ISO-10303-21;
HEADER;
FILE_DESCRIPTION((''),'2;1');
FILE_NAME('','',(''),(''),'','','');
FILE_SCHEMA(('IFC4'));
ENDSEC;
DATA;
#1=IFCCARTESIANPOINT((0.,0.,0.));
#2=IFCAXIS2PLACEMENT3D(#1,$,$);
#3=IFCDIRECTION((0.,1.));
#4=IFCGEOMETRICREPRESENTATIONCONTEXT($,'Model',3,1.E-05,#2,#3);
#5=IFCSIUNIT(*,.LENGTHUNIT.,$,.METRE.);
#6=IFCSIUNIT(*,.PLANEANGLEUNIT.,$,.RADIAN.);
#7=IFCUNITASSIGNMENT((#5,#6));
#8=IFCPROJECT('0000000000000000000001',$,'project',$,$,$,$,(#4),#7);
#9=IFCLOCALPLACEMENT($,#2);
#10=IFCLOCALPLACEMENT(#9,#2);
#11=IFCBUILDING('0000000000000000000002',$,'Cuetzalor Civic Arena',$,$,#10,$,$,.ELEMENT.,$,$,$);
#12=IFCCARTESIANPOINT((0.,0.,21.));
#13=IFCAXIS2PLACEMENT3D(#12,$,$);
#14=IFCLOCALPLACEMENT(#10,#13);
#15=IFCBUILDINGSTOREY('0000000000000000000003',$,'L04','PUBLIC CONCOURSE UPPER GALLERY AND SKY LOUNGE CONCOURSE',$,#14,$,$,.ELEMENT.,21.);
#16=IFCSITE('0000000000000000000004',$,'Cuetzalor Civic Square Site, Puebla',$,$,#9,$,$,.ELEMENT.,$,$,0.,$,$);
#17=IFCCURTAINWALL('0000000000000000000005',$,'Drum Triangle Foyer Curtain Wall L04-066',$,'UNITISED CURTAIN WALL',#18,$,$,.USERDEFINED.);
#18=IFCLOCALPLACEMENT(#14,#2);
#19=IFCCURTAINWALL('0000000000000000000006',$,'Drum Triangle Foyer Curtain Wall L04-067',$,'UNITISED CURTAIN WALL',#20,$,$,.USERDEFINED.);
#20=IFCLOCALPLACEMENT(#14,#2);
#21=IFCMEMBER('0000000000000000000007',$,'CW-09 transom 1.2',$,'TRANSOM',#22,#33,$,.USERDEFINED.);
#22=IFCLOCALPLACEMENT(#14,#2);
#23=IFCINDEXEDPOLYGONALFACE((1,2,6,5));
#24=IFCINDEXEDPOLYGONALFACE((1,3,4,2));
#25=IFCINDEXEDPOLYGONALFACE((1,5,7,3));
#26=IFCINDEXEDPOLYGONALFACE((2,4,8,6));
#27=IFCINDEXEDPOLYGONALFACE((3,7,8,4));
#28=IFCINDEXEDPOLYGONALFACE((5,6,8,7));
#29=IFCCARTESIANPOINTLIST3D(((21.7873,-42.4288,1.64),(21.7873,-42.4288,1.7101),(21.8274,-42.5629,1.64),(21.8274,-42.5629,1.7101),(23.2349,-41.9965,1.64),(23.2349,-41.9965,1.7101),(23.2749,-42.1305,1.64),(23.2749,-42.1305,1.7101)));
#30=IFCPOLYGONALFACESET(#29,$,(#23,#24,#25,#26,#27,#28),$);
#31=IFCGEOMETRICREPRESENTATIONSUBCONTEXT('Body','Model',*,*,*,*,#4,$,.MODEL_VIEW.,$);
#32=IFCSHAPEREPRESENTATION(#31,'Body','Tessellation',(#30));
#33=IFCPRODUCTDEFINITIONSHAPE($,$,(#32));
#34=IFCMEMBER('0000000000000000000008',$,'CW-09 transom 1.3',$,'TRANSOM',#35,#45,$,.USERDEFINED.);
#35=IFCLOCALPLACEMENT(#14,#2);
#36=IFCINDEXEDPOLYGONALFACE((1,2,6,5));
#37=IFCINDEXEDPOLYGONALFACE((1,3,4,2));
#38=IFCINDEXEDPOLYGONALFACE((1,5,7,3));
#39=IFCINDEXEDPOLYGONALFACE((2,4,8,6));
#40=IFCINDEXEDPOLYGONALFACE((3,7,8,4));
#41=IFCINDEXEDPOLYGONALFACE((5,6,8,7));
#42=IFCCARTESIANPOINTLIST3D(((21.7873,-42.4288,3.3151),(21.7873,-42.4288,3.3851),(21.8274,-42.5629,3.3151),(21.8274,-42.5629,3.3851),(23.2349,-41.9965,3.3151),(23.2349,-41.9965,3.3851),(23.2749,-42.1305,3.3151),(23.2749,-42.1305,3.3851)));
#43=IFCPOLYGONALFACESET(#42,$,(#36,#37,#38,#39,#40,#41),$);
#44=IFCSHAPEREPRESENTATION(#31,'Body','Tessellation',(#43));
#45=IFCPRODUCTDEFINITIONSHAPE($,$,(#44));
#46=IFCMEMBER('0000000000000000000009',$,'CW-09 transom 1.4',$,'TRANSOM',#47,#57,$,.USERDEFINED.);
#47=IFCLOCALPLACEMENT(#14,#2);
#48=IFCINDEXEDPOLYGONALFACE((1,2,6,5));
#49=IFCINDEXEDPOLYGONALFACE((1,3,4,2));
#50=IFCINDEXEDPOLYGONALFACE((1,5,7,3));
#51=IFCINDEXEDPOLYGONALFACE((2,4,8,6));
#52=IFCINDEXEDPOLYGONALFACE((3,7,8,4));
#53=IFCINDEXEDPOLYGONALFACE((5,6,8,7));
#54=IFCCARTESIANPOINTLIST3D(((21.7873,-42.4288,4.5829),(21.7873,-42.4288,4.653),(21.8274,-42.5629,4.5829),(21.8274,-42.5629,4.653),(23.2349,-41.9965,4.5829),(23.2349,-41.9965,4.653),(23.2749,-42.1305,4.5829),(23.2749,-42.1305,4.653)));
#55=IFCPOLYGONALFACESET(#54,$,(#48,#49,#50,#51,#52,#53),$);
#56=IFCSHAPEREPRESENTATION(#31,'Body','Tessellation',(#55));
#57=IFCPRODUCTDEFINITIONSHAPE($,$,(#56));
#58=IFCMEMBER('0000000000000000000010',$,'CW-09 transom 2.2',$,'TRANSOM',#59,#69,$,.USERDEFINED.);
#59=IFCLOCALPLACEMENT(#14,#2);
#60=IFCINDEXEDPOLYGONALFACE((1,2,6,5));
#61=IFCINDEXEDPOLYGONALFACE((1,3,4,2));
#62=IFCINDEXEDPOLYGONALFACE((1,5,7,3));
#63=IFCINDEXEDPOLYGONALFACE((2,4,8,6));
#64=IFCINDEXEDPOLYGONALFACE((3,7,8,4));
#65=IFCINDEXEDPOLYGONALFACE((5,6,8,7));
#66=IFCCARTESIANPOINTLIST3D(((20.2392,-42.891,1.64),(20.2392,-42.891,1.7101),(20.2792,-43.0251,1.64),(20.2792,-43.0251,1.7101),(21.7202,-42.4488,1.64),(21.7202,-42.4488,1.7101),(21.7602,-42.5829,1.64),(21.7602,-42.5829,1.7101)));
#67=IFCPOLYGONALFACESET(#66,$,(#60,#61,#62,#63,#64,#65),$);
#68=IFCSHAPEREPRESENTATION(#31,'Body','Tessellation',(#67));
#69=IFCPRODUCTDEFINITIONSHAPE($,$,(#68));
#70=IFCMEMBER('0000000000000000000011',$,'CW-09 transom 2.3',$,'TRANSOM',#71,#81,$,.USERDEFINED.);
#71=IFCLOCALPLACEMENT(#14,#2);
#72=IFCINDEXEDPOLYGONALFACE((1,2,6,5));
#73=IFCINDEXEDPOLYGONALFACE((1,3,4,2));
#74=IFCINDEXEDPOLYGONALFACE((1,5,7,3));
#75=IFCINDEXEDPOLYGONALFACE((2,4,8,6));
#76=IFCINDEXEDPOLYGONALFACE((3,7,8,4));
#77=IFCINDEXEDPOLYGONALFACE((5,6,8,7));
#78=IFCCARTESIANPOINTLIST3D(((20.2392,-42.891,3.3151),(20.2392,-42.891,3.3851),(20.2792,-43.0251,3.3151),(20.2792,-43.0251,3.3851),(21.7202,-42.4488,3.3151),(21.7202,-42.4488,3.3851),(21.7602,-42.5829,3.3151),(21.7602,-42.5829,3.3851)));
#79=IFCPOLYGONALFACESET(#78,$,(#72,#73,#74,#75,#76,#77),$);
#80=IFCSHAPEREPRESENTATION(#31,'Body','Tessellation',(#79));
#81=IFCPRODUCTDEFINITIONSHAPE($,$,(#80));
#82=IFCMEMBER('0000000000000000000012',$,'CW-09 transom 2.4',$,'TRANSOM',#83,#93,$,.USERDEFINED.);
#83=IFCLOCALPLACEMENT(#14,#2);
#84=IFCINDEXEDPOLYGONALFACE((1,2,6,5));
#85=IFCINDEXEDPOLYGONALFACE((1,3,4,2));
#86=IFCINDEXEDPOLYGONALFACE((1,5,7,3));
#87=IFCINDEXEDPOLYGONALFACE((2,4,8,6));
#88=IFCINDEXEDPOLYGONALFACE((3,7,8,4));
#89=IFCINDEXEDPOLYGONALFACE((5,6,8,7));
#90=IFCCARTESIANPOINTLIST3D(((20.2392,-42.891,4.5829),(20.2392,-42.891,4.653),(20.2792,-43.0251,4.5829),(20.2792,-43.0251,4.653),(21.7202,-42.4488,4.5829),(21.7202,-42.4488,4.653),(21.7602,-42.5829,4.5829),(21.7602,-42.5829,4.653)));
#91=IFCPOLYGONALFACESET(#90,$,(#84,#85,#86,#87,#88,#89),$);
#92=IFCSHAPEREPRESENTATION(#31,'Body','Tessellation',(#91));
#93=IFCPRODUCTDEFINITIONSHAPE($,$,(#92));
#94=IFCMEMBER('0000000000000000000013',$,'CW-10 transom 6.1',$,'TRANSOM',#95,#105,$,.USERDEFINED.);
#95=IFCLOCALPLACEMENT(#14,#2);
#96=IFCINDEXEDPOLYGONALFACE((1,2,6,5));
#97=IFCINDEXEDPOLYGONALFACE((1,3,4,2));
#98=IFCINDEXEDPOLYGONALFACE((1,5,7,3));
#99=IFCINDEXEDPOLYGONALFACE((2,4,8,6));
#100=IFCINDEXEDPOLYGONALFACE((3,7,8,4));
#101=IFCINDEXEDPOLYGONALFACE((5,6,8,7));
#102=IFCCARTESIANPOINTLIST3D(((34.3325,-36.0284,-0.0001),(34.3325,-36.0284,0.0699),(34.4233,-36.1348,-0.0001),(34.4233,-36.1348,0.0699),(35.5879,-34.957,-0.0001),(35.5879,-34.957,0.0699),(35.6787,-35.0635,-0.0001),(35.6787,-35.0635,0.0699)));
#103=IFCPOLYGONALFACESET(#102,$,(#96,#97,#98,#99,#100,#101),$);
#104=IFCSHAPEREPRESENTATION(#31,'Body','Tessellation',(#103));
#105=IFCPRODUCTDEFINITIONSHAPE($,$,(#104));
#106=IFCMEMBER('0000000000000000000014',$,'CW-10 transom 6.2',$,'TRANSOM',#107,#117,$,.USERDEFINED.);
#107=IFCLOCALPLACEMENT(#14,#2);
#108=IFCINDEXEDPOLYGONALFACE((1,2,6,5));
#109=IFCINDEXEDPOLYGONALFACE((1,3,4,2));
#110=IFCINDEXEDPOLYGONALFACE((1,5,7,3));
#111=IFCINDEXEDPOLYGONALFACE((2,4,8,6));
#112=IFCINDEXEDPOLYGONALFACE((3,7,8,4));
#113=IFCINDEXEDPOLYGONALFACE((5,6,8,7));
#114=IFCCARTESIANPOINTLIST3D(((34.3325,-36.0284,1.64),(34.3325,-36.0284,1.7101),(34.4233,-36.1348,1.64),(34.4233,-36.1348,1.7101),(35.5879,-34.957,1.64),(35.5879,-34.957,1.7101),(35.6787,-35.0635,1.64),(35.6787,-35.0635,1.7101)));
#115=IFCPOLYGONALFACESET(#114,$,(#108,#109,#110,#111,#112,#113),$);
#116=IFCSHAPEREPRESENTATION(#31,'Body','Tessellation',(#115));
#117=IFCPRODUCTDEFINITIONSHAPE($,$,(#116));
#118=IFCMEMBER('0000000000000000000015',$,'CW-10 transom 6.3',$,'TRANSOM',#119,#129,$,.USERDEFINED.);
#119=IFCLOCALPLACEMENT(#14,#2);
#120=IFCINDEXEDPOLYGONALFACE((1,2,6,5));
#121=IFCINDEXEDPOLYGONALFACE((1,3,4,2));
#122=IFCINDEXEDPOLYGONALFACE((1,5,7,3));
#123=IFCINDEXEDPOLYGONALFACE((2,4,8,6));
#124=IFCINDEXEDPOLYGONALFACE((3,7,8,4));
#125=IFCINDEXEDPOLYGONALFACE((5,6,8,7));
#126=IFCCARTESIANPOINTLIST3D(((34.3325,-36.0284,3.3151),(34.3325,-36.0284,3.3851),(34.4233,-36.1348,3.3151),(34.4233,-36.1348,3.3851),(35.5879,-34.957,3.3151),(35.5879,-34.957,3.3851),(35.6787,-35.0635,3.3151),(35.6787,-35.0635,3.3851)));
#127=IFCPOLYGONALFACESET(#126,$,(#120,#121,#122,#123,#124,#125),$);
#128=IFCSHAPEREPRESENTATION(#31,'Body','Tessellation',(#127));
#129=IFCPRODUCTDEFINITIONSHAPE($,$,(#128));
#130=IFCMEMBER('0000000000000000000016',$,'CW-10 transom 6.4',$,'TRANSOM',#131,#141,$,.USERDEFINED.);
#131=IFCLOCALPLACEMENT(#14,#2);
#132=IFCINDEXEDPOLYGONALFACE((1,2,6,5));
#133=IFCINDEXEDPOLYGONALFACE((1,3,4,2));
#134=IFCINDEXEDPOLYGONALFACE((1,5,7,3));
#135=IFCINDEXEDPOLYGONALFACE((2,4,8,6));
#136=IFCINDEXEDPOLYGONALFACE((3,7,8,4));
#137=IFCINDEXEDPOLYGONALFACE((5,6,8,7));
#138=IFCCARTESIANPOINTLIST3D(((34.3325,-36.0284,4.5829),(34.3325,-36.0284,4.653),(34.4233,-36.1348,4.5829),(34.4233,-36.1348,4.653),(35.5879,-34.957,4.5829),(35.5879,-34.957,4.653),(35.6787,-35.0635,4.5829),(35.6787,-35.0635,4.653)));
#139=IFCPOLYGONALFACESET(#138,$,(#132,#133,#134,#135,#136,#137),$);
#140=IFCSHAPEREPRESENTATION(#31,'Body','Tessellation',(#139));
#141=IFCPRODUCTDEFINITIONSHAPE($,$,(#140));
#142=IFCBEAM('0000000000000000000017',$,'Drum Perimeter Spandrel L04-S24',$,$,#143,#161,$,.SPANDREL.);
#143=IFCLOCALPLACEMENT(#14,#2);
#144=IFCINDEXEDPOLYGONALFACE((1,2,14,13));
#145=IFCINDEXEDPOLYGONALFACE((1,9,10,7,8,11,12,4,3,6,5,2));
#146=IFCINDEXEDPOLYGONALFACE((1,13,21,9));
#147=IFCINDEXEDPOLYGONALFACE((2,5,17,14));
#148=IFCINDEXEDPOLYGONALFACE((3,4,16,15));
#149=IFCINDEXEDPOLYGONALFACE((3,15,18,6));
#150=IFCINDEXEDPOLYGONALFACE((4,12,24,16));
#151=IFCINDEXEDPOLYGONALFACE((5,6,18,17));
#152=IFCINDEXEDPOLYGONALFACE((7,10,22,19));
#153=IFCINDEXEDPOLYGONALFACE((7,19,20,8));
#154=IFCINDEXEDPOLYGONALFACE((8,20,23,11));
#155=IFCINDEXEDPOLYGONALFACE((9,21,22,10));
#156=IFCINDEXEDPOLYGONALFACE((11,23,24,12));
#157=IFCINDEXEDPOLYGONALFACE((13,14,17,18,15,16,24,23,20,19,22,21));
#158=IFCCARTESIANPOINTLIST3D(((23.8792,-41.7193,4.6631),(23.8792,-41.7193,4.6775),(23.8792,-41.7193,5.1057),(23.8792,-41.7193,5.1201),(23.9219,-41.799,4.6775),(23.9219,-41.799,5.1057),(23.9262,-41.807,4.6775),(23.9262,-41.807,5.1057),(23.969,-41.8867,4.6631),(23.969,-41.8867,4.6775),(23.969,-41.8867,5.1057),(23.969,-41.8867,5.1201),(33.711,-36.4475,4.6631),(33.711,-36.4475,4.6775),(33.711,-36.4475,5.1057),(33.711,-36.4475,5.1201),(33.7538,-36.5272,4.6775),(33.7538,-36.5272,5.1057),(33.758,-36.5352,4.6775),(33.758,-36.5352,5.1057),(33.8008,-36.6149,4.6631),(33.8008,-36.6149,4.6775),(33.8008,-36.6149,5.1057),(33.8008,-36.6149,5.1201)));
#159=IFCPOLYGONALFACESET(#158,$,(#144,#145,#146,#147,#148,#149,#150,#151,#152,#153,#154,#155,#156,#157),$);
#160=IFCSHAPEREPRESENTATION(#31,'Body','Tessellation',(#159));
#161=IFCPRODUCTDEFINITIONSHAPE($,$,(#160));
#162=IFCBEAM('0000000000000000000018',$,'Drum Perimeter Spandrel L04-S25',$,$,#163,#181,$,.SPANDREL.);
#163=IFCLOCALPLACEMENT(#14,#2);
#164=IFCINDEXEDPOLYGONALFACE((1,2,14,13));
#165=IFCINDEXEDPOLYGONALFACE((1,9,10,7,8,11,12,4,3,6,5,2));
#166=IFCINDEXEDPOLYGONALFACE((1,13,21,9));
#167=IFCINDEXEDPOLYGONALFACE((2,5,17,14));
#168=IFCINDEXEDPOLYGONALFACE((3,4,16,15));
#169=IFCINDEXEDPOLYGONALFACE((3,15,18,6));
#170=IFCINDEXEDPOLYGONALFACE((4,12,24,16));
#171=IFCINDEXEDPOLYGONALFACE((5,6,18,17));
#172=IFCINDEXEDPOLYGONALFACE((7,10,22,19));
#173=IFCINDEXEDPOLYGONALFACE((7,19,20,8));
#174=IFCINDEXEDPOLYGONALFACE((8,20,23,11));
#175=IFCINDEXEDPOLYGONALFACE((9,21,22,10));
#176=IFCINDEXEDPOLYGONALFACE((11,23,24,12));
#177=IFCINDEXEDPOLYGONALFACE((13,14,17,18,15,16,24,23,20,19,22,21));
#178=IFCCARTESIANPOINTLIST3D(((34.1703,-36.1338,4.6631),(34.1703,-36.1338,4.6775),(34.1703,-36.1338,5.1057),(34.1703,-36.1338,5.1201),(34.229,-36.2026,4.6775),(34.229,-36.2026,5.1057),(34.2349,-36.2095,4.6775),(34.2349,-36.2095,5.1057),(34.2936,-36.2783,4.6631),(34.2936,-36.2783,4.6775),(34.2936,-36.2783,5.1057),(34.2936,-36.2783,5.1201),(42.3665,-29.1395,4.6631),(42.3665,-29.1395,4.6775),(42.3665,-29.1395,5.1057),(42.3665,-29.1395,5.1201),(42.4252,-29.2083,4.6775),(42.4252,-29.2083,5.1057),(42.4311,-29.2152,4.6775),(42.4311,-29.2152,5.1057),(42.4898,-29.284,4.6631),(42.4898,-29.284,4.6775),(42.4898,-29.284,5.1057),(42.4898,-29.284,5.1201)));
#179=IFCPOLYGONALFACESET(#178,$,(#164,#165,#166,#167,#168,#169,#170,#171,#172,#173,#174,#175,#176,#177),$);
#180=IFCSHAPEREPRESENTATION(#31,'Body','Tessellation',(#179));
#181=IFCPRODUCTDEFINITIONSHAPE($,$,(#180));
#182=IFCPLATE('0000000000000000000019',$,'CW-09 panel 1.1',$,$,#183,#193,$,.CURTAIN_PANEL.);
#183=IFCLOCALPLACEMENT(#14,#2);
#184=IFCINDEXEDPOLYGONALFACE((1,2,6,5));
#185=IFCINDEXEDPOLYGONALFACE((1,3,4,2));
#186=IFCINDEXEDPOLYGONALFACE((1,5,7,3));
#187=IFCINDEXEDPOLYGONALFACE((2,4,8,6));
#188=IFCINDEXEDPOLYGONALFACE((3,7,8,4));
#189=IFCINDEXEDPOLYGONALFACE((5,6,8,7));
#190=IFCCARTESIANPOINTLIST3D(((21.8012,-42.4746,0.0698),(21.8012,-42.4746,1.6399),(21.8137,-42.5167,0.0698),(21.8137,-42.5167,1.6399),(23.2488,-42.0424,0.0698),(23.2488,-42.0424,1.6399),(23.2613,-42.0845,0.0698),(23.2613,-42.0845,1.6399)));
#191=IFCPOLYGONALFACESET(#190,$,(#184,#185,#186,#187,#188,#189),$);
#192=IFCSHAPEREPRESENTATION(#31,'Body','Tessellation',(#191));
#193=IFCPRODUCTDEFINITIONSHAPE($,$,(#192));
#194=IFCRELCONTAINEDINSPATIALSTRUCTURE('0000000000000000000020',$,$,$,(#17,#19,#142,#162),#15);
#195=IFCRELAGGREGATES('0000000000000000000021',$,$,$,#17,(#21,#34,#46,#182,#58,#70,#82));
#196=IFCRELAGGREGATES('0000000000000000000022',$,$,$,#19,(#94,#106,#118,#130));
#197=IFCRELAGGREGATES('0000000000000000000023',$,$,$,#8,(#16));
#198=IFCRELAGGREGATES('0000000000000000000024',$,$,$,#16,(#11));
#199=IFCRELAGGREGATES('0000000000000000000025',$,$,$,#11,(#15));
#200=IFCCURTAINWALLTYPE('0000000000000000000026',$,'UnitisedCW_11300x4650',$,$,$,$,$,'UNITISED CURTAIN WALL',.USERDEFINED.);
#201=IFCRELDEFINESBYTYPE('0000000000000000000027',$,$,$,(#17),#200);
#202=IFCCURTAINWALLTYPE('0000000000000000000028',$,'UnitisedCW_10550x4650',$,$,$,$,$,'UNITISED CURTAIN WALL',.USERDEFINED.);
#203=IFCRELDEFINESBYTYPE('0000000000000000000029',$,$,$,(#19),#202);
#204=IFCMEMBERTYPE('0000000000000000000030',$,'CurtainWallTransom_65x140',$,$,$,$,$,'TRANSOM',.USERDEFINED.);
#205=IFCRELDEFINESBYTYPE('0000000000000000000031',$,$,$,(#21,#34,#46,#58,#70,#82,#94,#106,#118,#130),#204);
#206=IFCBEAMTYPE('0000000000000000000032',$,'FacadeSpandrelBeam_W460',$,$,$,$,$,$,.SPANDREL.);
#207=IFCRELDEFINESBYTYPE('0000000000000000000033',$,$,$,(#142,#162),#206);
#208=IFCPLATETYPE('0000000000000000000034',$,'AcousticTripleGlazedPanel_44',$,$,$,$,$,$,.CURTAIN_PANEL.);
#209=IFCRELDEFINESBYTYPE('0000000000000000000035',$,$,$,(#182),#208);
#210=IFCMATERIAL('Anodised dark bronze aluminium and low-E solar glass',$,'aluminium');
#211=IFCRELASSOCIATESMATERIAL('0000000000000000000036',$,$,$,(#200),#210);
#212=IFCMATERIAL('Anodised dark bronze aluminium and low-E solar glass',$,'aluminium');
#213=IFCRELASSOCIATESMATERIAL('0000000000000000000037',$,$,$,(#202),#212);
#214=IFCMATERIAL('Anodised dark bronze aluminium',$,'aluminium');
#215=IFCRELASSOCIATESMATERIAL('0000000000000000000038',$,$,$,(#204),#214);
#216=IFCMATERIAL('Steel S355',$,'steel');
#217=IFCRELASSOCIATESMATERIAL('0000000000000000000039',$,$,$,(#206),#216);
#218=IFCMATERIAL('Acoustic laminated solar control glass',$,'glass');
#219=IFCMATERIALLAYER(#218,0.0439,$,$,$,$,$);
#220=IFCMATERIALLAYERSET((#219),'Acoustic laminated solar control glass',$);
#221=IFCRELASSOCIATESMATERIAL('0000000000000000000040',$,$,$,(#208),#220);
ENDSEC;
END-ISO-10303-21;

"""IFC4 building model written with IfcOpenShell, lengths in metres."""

from ifc_helpers import new_model, si_unit, direction, frame, origin, origin_2d, place, context, subcontext, project, spatial, rectangle, i_section, extrude, material, layer, layer_set, material_profile, profile_set, type_object, element, aggregate, save


model = new_model("IFC4")

# Units and contexts
model_context = context("Model", 3, precision=1e-05, world=origin(), true_north=direction((0.0, 1.0)))
body_context = subcontext(model_context, "Body", "Model", "MODEL_VIEW")
ifc_project = project(units=[si_unit("LENGTHUNIT", "METRE"), si_unit("PLANEANGLEUNIT", "RADIAN")], contexts=[model_context])

# Site, building, storey
site_placement = place(None, origin())
site = spatial("IfcSite", under=ifc_project, at=site_placement, Name="Cuetzalor Civic Square Site, Puebla", CompositionType="ELEMENT", RefElevation=0.0)
building_placement = place(site_placement, origin())
building = spatial("IfcBuilding", under=site, at=building_placement, Name="Cuetzalor Civic Arena", CompositionType="ELEMENT")
storey_placement = place(building_placement, frame((0.0, 0.0, 21.0)))
storey = spatial("IfcBuildingStorey", under=building, at=storey_placement, Name="L04", Description="PUBLIC CONCOURSE UPPER GALLERY AND SKY LOUNGE CONCOURSE", CompositionType="ELEMENT", Elevation=21.0)

# Curtain wall
ifc_material_1 = material(Name="Anodised dark bronze aluminium and low-E solar glass", Category="aluminium")
curtain_wall_type_1 = type_object("IfcCurtainWallType", Name="UnitisedCW_11300x4650", ElementType="UNITISED CURTAIN WALL", PredefinedType="USERDEFINED", material=ifc_material_1)
curtain_wall_1_placement = place(storey_placement, origin())
curtain_wall_1 = element("IfcCurtainWall", 1, at=curtain_wall_1_placement, inside=storey, type_object=curtain_wall_type_1, Name="Drum Triangle Foyer Curtain Wall L04-066", ObjectType="UNITISED CURTAIN WALL", PredefinedType="USERDEFINED")

# Curtain wall
ifc_material_2 = material(Name="Anodised dark bronze aluminium and low-E solar glass", Category="aluminium")
curtain_wall_type_2 = type_object("IfcCurtainWallType", Name="UnitisedCW_10550x4650", ElementType="UNITISED CURTAIN WALL", PredefinedType="USERDEFINED", material=ifc_material_2)
curtain_wall_2_placement = place(storey_placement, origin())
curtain_wall_2 = element("IfcCurtainWall", 2, at=curtain_wall_2_placement, inside=storey, type_object=curtain_wall_type_2, Name="Drum Triangle Foyer Curtain Wall L04-067", ObjectType="UNITISED CURTAIN WALL", PredefinedType="USERDEFINED")

# Members
ifc_material_3 = material(Name="Anodised dark bronze aluminium", Category="aluminium")
ifc_material_profile_1 = material_profile(ifc_material_3, rectangle(XDim=0.1399, YDim=0.0701, at=origin_2d()), Name="ALU TRANSOM 70x140")
ifc_profile_set_1 = profile_set([ifc_material_profile_1], Name="Anodised dark bronze aluminium")
member_type_1 = type_object("IfcMemberType", Name="CurtainWallTransom_65x140", ElementType="TRANSOM", PredefinedType="USERDEFINED", material=ifc_profile_set_1)
member_1_placement = place(storey_placement, frame((23.2549, -42.0635, 1.675), z_axis=(-0.958168, -0.286206, 0.0), x_axis=(0.286206, -0.958168, 0.0)))
member_1 = element("IfcMember", 3, at=member_1_placement, type_object=member_type_1, Name="CW-09 transom 1.2", ObjectType="TRANSOM", PredefinedType="USERDEFINED", context=body_context, shape_type="SweptSolid", body=[
    extrude(rectangle(XDim=0.1399, YDim=0.0701, at=origin_2d()), origin(), (0.0, 0.0, 1.0), 1.5107),
])
member_2_placement = place(storey_placement, frame((23.2549, -42.0635, 3.3501), z_axis=(-0.958168, -0.286206, 0.0), x_axis=(0.286206, -0.958168, 0.0)))
member_2 = element("IfcMember", 4, at=member_2_placement, type_object=member_type_1, Name="CW-09 transom 1.3", ObjectType="TRANSOM", PredefinedType="USERDEFINED", context=body_context, shape_type="SweptSolid", body=[
    extrude(rectangle(XDim=0.1399, YDim=0.0701, at=origin_2d()), origin(), (0.0, 0.0, 1.0), 1.5107),
])
member_3_placement = place(storey_placement, frame((23.2549, -42.0635, 4.6179), z_axis=(-0.958168, -0.286206, 0.0), x_axis=(0.286206, -0.958168, 0.0)))
member_3 = element("IfcMember", 5, at=member_3_placement, type_object=member_type_1, Name="CW-09 transom 1.4", ObjectType="TRANSOM", PredefinedType="USERDEFINED", context=body_context, shape_type="SweptSolid", body=[
    extrude(rectangle(XDim=0.1399, YDim=0.0701, at=origin_2d()), origin(), (0.0, 0.0, 1.0), 1.5107),
])
member_4_placement = place(storey_placement, frame((21.7402, -42.5159, 1.675), z_axis=(-0.958208, -0.286072, 0.0), x_axis=(0.286072, -0.958208, 0.0)))
member_4 = element("IfcMember", 6, at=member_4_placement, type_object=member_type_1, Name="CW-09 transom 2.2", ObjectType="TRANSOM", PredefinedType="USERDEFINED", context=body_context, shape_type="SweptSolid", body=[
    extrude(rectangle(XDim=0.1399, YDim=0.0701, at=origin_2d()), origin(), (0.0, 0.0, 1.0), 1.5457),
])
member_5_placement = place(storey_placement, frame((21.7402, -42.5159, 3.3501), z_axis=(-0.958208, -0.286072, 0.0), x_axis=(0.286072, -0.958208, 0.0)))
member_5 = element("IfcMember", 7, at=member_5_placement, type_object=member_type_1, Name="CW-09 transom 2.3", ObjectType="TRANSOM", PredefinedType="USERDEFINED", context=body_context, shape_type="SweptSolid", body=[
    extrude(rectangle(XDim=0.1399, YDim=0.0701, at=origin_2d()), origin(), (0.0, 0.0, 1.0), 1.5457),
])
member_6_placement = place(storey_placement, frame((21.7402, -42.5159, 4.6179), z_axis=(-0.958208, -0.286072, 0.0), x_axis=(0.286072, -0.958208, 0.0)))
member_6 = element("IfcMember", 8, at=member_6_placement, type_object=member_type_1, Name="CW-09 transom 2.4", ObjectType="TRANSOM", PredefinedType="USERDEFINED", context=body_context, shape_type="SweptSolid", body=[
    extrude(rectangle(XDim=0.1399, YDim=0.0701, at=origin_2d()), origin(), (0.0, 0.0, 1.0), 1.5457),
])
member_7_placement = place(storey_placement, frame((35.6333, -35.0103, 0.0349), z_axis=(-0.760675, -0.649133, 0.0), x_axis=(0.649133, -0.760675, 0.0)))
member_7 = element("IfcMember", 9, at=member_7_placement, type_object=member_type_1, Name="CW-10 transom 6.1", ObjectType="TRANSOM", PredefinedType="USERDEFINED", context=body_context, shape_type="SweptSolid", body=[
    extrude(rectangle(XDim=0.1399, YDim=0.0701, at=origin_2d()), origin(), (0.0, 0.0, 1.0), 1.6504),
])
member_8_placement = place(storey_placement, frame((35.6333, -35.0103, 1.675), z_axis=(-0.760675, -0.649133, 0.0), x_axis=(0.649133, -0.760675, 0.0)))
member_8 = element("IfcMember", 10, at=member_8_placement, type_object=member_type_1, Name="CW-10 transom 6.2", ObjectType="TRANSOM", PredefinedType="USERDEFINED", context=body_context, shape_type="SweptSolid", body=[
    extrude(rectangle(XDim=0.1399, YDim=0.0701, at=origin_2d()), origin(), (0.0, 0.0, 1.0), 1.6504),
])
member_9_placement = place(storey_placement, frame((35.6333, -35.0103, 3.3501), z_axis=(-0.760675, -0.649133, 0.0), x_axis=(0.649133, -0.760675, 0.0)))
member_9 = element("IfcMember", 11, at=member_9_placement, type_object=member_type_1, Name="CW-10 transom 6.3", ObjectType="TRANSOM", PredefinedType="USERDEFINED", context=body_context, shape_type="SweptSolid", body=[
    extrude(rectangle(XDim=0.1399, YDim=0.0701, at=origin_2d()), origin(), (0.0, 0.0, 1.0), 1.6504),
])
member_10_placement = place(storey_placement, frame((35.6333, -35.0103, 4.6179), z_axis=(-0.760675, -0.649133, 0.0), x_axis=(0.649133, -0.760675, 0.0)))
member_10 = element("IfcMember", 12, at=member_10_placement, type_object=member_type_1, Name="CW-10 transom 6.4", ObjectType="TRANSOM", PredefinedType="USERDEFINED", context=body_context, shape_type="SweptSolid", body=[
    extrude(rectangle(XDim=0.1399, YDim=0.0701, at=origin_2d()), origin(), (0.0, 0.0, 1.0), 1.6504),
])

# Beams
ifc_material_4 = material(Name="Steel S355", Category="steel")
ifc_material_profile_2 = material_profile(ifc_material_4, i_section(OverallWidth=0.1899, OverallDepth=0.457, WebThickness=0.009, FlangeThickness=0.0144, at=origin_2d()), Name="W460x74")
ifc_profile_set_2 = profile_set([ifc_material_profile_2], Name="Steel S355")
beam_type = type_object("IfcBeamType", Name="FacadeSpandrelBeam_W460", PredefinedType="SPANDREL", material=ifc_profile_set_2)
beam_1_placement = place(storey_placement, frame((23.9241, -41.803, 4.8916), z_axis=(0.881305, 0.472549, 0.0), x_axis=(-0.472549, 0.881305, 0.0)))
element("IfcBeam", 13, at=beam_1_placement, inside=storey, type_object=beam_type, Name="Drum Perimeter Spandrel L04-S24", PredefinedType="SPANDREL", context=body_context, shape_type="SweptSolid", body=[
    extrude(i_section(OverallWidth=0.1899, OverallDepth=0.457, WebThickness=0.009, FlangeThickness=0.0144, at=origin_2d()), origin(), (0.0, 0.0, 1.0), 11.156),
])
beam_2_placement = place(storey_placement, frame((34.2319, -36.2061, 4.8916), z_axis=(0.760677, 0.649131, 0.0), x_axis=(-0.649131, 0.760677, 0.0)))
element("IfcBeam", 14, at=beam_2_placement, inside=storey, type_object=beam_type, Name="Drum Perimeter Spandrel L04-S25", PredefinedType="SPANDREL", context=body_context, shape_type="SweptSolid", body=[
    extrude(i_section(OverallWidth=0.1899, OverallDepth=0.457, WebThickness=0.009, FlangeThickness=0.0144, at=origin_2d()), origin(), (0.0, 0.0, 1.0), 10.7749),
])

# Plate
ifc_material_5 = material(Name="Acoustic laminated solar control glass", Category="glass")
ifc_layer_1 = layer(ifc_material_5, 0.0439)
ifc_layer_set_1 = layer_set([ifc_layer_1], Name="Acoustic laminated solar control glass")
plate_type = type_object("IfcPlateType", Name="AcousticTripleGlazedPanel_44", PredefinedType="CURTAIN_PANEL", material=ifc_layer_set_1)
plate_1_placement = place(storey_placement, frame((22.5312, -42.2795, 0.0698), z_axis=(0.0, 0.0, 1.0), x_axis=(-0.958194, -0.28612, 0.0)))
plate_1 = element("IfcPlate", 15, at=plate_1_placement, type_object=plate_type, Name="CW-09 panel 1.1", PredefinedType="CURTAIN_PANEL", context=body_context, shape_type="SweptSolid", body=[
    extrude(rectangle(XDim=1.5107, YDim=0.0439, at=origin_2d()), origin(), (0.0, 0.0, 1.0), 1.5701),
])
aggregate(curtain_wall_1, [member_1, member_2, member_3, plate_1, member_4, member_5, member_6])
aggregate(curtain_wall_2, [member_7, member_8, member_9, member_10])

save(model, "model.ifc")
